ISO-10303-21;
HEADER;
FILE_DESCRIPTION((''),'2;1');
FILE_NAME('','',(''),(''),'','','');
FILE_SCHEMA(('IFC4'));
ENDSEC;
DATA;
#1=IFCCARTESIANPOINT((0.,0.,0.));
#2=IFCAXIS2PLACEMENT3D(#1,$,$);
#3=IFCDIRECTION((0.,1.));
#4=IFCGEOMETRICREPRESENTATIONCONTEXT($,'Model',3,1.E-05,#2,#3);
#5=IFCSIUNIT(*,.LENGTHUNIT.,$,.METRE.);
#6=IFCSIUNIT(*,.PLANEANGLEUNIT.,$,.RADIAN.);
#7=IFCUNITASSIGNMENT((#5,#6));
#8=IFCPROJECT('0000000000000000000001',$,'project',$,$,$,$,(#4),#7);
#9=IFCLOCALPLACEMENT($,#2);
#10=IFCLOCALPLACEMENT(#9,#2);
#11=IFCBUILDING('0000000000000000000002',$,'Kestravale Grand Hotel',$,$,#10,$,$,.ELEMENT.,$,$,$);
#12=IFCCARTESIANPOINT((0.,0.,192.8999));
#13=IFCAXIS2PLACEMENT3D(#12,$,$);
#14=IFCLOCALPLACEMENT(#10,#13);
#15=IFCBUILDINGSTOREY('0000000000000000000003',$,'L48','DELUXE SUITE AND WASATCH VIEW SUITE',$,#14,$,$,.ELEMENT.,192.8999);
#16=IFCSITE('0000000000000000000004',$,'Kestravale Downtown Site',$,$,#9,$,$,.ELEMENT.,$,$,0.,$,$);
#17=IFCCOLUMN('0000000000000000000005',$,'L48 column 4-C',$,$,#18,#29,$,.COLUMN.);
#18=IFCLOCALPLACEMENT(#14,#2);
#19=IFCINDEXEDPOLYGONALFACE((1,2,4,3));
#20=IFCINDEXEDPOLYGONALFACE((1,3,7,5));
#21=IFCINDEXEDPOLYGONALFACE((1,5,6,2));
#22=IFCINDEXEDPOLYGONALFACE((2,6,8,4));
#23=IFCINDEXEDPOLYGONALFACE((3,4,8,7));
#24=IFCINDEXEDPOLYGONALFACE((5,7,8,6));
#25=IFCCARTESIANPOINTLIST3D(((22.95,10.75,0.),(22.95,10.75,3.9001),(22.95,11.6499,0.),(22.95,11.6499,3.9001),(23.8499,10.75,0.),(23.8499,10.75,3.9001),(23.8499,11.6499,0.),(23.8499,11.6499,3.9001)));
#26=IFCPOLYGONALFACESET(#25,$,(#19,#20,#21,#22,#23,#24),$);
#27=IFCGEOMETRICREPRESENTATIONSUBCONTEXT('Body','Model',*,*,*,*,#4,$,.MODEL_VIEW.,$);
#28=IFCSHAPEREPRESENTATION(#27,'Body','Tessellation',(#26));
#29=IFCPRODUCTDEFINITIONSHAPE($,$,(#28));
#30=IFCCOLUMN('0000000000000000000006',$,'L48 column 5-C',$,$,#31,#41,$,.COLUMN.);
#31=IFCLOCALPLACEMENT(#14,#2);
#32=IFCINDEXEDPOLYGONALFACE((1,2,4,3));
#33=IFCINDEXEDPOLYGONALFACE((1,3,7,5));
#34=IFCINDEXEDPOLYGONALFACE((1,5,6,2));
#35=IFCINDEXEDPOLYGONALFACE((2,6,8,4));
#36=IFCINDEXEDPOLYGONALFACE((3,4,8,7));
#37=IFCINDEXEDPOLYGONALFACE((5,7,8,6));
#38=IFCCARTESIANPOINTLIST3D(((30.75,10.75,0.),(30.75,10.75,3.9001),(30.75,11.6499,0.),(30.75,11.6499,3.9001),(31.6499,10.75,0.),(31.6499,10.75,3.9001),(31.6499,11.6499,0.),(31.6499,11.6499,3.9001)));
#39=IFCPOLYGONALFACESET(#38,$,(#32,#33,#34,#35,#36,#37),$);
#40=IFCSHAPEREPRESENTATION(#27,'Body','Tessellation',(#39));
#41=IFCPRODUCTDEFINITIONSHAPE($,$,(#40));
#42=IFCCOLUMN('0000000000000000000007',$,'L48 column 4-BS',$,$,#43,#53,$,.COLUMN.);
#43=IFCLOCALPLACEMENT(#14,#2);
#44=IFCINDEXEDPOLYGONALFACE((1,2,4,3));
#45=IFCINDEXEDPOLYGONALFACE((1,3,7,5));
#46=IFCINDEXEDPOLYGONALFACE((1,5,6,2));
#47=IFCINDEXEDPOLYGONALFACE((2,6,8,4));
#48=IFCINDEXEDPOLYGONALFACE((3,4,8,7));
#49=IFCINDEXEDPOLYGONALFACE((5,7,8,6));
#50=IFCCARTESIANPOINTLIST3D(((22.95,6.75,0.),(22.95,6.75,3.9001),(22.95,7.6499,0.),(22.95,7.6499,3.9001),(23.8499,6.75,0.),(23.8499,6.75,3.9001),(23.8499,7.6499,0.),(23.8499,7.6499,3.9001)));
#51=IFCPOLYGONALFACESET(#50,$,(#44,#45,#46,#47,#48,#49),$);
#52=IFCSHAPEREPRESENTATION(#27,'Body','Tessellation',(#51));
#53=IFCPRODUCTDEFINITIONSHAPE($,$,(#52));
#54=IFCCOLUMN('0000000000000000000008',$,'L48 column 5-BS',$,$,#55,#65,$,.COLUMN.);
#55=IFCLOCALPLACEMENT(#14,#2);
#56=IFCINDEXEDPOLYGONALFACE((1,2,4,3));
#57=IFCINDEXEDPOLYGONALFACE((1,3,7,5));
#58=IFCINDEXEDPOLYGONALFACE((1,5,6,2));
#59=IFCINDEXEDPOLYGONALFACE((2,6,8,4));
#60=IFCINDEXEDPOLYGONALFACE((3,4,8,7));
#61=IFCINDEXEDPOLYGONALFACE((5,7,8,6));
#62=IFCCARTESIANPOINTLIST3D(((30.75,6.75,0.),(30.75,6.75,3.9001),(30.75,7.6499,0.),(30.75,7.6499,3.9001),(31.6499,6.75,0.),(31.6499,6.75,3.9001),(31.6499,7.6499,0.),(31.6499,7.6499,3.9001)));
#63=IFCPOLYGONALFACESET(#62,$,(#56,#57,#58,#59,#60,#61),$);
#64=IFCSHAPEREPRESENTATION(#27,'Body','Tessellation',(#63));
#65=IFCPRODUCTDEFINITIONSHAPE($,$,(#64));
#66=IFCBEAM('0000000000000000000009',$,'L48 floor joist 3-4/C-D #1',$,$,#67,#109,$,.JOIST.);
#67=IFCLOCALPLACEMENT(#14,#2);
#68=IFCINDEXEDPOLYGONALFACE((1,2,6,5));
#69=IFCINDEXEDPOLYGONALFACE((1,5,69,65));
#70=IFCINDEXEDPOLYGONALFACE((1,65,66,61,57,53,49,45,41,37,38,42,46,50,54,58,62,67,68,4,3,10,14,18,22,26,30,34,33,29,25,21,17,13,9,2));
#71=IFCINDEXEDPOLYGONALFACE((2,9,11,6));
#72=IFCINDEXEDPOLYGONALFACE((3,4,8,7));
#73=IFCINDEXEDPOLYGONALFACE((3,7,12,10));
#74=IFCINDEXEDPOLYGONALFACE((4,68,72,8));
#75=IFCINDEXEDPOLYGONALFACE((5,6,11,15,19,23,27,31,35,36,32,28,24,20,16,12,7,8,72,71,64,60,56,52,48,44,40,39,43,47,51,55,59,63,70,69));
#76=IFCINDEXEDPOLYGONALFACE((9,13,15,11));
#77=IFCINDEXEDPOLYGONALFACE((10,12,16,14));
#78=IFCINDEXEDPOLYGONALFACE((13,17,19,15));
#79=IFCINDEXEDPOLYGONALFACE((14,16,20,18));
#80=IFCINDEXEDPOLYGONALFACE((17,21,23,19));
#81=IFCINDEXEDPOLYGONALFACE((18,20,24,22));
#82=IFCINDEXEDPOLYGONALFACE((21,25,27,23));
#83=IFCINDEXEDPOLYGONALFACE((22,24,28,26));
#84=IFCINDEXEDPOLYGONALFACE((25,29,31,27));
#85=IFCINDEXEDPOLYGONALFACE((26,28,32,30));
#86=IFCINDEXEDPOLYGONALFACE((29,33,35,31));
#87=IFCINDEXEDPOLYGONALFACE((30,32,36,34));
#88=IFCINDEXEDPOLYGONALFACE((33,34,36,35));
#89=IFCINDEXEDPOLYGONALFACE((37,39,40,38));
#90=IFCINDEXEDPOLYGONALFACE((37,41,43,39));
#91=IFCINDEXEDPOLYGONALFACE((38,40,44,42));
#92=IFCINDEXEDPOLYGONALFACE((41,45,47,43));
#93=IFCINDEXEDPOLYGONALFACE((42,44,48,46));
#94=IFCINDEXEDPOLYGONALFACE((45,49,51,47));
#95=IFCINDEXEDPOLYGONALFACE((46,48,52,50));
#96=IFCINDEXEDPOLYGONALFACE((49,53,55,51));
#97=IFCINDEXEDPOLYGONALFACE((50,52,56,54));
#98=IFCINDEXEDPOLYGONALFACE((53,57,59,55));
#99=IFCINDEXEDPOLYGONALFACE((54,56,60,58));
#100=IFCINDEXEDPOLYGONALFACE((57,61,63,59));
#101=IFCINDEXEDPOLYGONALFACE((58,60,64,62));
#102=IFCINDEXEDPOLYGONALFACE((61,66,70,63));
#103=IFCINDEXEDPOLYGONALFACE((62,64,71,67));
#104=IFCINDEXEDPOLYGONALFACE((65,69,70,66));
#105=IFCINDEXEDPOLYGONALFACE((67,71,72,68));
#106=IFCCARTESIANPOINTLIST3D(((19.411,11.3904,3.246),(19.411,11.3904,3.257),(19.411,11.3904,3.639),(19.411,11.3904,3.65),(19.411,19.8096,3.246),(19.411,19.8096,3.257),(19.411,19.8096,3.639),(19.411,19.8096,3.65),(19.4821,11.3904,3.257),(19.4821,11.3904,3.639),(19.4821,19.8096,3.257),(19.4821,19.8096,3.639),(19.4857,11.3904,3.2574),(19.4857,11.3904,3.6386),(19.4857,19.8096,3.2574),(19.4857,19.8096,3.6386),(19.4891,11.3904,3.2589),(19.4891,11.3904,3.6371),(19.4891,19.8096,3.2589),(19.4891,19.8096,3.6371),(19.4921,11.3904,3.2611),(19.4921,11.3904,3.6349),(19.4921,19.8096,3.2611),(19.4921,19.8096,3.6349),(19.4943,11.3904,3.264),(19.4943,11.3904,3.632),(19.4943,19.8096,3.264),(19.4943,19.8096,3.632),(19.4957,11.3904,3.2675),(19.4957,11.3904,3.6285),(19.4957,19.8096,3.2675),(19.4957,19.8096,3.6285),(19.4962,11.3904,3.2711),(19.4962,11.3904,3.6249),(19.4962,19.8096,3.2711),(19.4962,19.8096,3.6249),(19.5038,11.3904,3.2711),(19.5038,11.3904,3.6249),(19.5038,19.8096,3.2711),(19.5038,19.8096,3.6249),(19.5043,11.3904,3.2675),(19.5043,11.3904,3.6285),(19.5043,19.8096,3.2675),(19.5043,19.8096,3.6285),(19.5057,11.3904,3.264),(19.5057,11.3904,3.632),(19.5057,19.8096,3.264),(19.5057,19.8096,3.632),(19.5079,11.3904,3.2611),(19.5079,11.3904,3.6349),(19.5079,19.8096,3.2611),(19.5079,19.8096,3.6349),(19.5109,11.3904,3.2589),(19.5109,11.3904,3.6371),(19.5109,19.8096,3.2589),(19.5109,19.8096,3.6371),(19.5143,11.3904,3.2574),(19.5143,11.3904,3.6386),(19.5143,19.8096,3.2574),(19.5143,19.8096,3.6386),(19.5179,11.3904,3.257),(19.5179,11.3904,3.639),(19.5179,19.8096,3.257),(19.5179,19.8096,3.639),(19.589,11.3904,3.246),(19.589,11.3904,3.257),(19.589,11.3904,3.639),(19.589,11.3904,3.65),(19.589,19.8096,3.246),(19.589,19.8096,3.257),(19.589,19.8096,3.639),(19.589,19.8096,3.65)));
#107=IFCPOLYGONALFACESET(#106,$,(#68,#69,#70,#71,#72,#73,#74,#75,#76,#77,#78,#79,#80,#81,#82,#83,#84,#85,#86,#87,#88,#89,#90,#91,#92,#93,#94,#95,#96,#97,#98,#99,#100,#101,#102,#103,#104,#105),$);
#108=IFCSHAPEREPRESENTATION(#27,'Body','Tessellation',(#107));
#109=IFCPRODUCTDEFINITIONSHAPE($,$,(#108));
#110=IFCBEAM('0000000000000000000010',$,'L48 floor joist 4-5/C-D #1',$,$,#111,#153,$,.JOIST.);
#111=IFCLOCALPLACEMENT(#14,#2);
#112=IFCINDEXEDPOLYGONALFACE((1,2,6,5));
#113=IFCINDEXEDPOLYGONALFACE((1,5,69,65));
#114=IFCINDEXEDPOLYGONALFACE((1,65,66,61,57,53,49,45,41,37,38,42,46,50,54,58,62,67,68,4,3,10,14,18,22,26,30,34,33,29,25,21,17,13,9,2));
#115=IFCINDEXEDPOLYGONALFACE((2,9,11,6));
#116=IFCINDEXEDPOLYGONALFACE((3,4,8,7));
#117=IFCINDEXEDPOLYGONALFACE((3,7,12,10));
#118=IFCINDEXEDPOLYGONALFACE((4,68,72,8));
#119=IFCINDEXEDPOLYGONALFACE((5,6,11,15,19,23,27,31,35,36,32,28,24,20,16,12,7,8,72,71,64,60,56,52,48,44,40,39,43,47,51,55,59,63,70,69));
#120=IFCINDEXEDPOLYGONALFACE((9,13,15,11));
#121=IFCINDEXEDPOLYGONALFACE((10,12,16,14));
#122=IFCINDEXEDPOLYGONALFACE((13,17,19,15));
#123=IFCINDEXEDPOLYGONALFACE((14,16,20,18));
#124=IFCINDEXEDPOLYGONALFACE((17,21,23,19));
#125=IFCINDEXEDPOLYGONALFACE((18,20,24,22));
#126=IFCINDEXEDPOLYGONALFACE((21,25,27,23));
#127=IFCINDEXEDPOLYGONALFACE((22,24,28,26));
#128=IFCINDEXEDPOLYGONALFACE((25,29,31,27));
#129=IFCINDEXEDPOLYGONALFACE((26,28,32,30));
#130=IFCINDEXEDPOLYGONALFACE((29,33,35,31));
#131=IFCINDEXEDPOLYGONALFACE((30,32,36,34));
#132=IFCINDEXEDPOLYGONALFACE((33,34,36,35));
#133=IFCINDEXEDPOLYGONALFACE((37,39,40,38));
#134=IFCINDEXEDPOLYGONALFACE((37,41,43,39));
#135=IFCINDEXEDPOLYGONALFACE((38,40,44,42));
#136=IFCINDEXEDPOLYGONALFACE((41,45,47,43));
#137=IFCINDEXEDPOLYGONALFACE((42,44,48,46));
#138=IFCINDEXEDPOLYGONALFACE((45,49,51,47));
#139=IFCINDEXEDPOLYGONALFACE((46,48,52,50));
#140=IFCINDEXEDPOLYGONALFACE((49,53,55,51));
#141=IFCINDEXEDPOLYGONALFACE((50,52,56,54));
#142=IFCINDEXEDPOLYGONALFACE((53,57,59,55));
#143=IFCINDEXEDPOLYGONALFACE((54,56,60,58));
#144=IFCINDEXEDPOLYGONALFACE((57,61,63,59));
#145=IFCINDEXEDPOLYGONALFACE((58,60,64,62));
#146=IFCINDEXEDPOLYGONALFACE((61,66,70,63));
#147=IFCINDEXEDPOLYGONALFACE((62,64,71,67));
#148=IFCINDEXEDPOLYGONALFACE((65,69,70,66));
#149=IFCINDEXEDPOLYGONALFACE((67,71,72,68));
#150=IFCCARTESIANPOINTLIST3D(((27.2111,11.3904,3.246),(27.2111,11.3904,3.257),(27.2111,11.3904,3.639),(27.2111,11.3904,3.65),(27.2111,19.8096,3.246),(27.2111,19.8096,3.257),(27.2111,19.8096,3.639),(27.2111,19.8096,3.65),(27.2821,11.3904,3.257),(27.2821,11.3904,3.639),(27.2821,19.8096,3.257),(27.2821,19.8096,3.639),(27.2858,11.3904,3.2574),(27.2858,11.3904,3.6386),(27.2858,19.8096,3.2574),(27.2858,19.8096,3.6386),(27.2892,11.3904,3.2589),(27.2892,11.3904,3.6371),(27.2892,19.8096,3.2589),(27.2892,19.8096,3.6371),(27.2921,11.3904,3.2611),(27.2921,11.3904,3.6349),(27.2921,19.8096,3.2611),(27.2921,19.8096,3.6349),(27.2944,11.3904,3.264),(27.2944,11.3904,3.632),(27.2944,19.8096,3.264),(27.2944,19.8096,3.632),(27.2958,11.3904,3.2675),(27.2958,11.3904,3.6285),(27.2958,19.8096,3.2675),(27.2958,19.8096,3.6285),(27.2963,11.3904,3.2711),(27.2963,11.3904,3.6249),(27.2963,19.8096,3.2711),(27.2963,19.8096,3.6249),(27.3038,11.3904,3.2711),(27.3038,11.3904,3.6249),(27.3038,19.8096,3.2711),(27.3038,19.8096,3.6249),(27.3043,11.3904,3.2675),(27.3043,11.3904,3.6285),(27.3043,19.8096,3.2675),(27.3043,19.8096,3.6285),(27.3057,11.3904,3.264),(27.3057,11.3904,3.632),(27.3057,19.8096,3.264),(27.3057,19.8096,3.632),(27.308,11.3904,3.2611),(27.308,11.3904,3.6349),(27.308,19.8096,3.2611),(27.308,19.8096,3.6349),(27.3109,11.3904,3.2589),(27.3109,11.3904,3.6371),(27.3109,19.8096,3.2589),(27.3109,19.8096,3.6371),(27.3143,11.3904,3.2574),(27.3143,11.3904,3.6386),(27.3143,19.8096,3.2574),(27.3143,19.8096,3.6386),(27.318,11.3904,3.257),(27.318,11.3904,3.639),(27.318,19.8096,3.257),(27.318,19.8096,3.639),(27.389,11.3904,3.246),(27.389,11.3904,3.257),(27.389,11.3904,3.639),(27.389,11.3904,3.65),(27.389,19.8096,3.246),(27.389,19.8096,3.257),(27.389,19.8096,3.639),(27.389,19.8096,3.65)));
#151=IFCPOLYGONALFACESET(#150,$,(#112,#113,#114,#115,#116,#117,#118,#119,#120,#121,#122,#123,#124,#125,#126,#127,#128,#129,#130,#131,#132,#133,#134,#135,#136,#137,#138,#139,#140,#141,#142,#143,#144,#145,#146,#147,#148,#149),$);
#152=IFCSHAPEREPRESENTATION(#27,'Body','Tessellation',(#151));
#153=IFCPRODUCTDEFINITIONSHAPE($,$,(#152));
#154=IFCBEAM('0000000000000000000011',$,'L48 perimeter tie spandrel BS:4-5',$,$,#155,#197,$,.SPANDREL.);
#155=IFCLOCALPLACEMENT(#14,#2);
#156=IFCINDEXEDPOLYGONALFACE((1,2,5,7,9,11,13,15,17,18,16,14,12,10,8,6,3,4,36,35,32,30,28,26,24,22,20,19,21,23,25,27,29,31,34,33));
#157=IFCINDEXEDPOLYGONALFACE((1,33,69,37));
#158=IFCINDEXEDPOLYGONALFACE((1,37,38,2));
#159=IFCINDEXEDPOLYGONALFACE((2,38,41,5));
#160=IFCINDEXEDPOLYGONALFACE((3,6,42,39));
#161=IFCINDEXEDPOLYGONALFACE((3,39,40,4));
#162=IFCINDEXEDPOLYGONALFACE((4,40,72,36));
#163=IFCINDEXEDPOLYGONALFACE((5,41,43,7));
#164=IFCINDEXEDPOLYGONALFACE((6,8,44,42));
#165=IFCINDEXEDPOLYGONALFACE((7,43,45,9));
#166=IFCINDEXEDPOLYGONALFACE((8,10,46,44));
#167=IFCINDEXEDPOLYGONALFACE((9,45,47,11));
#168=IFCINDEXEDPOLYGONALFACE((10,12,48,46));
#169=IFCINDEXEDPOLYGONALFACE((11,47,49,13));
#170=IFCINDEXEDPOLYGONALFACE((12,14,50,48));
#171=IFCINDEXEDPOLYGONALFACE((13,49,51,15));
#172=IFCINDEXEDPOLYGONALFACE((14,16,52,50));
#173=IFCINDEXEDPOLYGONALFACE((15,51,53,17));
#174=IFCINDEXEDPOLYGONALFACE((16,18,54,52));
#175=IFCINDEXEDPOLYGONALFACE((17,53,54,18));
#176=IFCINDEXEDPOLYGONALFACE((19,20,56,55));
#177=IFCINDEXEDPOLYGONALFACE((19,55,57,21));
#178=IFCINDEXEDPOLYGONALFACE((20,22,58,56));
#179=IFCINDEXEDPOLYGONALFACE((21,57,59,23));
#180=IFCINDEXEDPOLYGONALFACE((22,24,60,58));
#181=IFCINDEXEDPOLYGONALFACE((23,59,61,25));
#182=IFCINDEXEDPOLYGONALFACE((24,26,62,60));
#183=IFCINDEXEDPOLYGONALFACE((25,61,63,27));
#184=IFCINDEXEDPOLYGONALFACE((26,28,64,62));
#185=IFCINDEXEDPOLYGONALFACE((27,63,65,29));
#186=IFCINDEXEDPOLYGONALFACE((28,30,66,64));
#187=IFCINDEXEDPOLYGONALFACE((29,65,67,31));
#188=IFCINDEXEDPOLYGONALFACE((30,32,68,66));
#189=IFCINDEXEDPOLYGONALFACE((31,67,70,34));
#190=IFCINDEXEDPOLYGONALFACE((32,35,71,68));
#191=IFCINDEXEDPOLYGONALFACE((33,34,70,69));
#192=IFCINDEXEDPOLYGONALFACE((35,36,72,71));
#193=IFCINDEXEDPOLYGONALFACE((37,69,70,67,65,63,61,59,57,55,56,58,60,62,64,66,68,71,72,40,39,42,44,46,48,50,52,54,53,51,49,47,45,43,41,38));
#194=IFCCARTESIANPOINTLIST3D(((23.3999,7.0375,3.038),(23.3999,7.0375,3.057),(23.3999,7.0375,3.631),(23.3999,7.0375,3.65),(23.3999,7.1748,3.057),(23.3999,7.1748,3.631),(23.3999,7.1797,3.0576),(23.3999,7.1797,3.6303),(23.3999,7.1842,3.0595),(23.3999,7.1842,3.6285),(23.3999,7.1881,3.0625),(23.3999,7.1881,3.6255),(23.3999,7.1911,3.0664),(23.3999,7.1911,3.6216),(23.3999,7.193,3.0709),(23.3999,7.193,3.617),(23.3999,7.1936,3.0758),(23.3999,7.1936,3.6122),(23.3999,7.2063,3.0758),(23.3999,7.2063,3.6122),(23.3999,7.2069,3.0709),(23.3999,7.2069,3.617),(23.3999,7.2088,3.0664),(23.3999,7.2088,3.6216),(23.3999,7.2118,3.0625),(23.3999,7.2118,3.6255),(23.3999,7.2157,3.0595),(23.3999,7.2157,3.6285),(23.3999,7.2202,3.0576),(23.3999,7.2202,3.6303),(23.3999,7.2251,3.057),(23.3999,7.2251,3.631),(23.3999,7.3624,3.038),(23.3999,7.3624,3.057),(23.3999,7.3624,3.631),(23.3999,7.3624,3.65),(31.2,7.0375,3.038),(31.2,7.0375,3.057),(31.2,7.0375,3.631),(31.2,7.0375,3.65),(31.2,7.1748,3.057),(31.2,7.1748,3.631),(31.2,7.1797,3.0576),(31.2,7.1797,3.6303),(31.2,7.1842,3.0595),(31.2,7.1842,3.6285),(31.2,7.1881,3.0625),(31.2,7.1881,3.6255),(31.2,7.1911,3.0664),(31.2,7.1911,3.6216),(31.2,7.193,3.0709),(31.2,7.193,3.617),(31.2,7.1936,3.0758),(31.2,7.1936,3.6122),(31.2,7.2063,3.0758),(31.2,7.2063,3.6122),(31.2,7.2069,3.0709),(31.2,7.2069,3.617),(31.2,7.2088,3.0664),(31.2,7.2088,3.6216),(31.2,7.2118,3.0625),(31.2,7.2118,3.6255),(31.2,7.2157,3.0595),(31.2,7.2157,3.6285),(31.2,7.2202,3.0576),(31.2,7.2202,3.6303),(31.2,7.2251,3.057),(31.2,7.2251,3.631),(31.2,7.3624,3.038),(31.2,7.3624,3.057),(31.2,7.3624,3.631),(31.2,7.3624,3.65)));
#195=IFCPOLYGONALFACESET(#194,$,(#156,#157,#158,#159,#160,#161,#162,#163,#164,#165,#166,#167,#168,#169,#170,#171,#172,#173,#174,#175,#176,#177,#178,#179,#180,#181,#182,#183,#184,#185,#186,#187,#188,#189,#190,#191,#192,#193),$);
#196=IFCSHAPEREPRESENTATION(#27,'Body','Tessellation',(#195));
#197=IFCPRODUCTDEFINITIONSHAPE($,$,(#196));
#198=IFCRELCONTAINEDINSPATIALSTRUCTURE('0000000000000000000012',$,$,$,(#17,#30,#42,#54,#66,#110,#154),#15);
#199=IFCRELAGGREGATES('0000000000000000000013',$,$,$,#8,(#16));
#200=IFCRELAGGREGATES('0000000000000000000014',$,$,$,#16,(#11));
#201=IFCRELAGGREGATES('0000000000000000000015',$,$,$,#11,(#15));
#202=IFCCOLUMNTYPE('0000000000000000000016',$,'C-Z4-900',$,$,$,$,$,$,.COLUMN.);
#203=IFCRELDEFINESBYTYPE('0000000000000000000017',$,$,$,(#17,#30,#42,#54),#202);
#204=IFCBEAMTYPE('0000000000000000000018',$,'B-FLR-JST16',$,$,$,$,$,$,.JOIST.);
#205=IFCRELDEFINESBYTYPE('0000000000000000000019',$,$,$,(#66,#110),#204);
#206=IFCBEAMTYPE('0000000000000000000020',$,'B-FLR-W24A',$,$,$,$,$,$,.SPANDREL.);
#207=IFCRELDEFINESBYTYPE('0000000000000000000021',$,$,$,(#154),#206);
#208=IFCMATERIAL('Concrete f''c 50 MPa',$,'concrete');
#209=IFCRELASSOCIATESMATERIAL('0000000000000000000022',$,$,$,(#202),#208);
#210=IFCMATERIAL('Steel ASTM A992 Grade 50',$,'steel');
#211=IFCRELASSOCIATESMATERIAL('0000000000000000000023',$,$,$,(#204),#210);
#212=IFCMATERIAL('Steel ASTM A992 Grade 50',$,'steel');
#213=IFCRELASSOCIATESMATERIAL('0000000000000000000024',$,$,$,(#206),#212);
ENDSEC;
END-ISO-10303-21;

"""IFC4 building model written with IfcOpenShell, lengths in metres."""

from ifc_helpers import new_model, si_unit, direction, frame, origin, origin_2d, place, context, subcontext, project, spatial, rectangle, i_section, extrude, material, material_profile, profile_set, type_object, element, save


model = new_model("IFC4")

# Units and contexts
model_context = context("Model", 3, precision=1e-05, world=origin(), true_north=direction((0.0, 1.0)))
body_context = subcontext(model_context, "Body", "Model", "MODEL_VIEW")
ifc_project = project(units=[si_unit("LENGTHUNIT", "METRE"), si_unit("PLANEANGLEUNIT", "RADIAN")], contexts=[model_context])

# Site, building, storey
site_placement = place(None, origin())
site = spatial("IfcSite", under=ifc_project, at=site_placement, Name="Kestravale Downtown Site", CompositionType="ELEMENT", RefElevation=0.0)
building_placement = place(site_placement, origin())
building = spatial("IfcBuilding", under=site, at=building_placement, Name="Kestravale Grand Hotel", CompositionType="ELEMENT")
storey_placement = place(building_placement, frame((0.0, 0.0, 192.8999)))
storey = spatial("IfcBuildingStorey", under=building, at=storey_placement, Name="L48", Description="DELUXE SUITE AND WASATCH VIEW SUITE", CompositionType="ELEMENT", Elevation=192.8999)

# Columns
ifc_material_1 = material(Name="Concrete f'c 50 MPa", Category="concrete")
ifc_material_profile_1 = material_profile(ifc_material_1, rectangle(XDim=0.8999, YDim=0.8999, at=origin_2d()))
ifc_profile_set_1 = profile_set([ifc_material_profile_1], Name="Concrete f'c 50 MPa")
column_type = type_object("IfcColumnType", Name="C-Z4-900", PredefinedType="COLUMN", material=ifc_profile_set_1)
for number, where, z_axis, x_axis, name in (
    (1, (23.3999, 11.2, 0.0), (0.0, 0.0, 1.0), (1.0, 0.0, 0.0), "L48 column 4-C"),
    (2, (31.2, 11.2, 0.0), (0.0, 0.0, 1.0), (1.0, 0.0, 0.0), "L48 column 5-C"),
    (3, (23.3999, 7.2, 0.0), (0.0, 0.0, 1.0), (1.0, 0.0, 0.0), "L48 column 4-BS"),
    (4, (31.2, 7.2, 0.0), (0.0, 0.0, 1.0), (1.0, 0.0, 0.0), "L48 column 5-BS"),
):
    element("IfcColumn", number, at=place(storey_placement, frame(where, z_axis=z_axis, x_axis=x_axis)), inside=storey, type_object=column_type, Name=name, PredefinedType="COLUMN", context=body_context, shape_type="SweptSolid", body=[
        extrude(rectangle(XDim=0.8999, YDim=0.8999, at=origin_2d()), origin(), (0.0, 0.0, 1.0), 3.9001),
    ])

# Beams
ifc_material_2 = material(Name="Steel ASTM A992 Grade 50", Category="steel")
ifc_material_profile_2 = material_profile(ifc_material_2, i_section(OverallWidth=0.178, OverallDepth=0.4041, WebThickness=0.0076, FlangeThickness=0.011, FilletRadius=0.0142, at=origin_2d()))
ifc_profile_set_2 = profile_set([ifc_material_profile_2], Name="Steel ASTM A992 Grade 50")
beam_type_1 = type_object("IfcBeamType", Name="B-FLR-JST16", PredefinedType="JOIST", material=ifc_profile_set_2)
for number, where, z_axis, x_axis, name in (
    (5, (19.5, 11.3904, 3.448), (0.0, 1.0, 0.0), (-1.0, 0.0, 0.0), "L48 floor joist 3-4/C-D #1"),
    (6, (27.3, 11.3904, 3.448), (0.0, 1.0, 0.0), (-1.0, 0.0, 0.0), "L48 floor joist 4-5/C-D #1"),
):
    element("IfcBeam", number, at=place(storey_placement, frame(where, z_axis=z_axis, x_axis=x_axis)), inside=storey, type_object=beam_type_1, Name=name, PredefinedType="JOIST", context=body_context, shape_type="SweptSolid", body=[
        extrude(i_section(OverallWidth=0.178, OverallDepth=0.4041, WebThickness=0.0076, FlangeThickness=0.011, FilletRadius=0.0142, at=origin_2d()), origin(), (0.0, 0.0, 1.0), 8.4192),
    ])
ifc_material_3 = material(Name="Steel ASTM A992 Grade 50", Category="steel")
ifc_material_profile_3 = material_profile(ifc_material_3, i_section(OverallWidth=0.325, OverallDepth=0.6121, WebThickness=0.0127, FlangeThickness=0.019, FilletRadius=0.0188, at=origin_2d()))
ifc_profile_set_3 = profile_set([ifc_material_profile_3], Name="Steel ASTM A992 Grade 50")
beam_type_2 = type_object("IfcBeamType", Name="B-FLR-W24A", PredefinedType="SPANDREL", material=ifc_profile_set_3)
beam_1_placement = place(storey_placement, frame((23.3999, 7.2, 3.344), z_axis=(1.0, 0.0, 0.0), x_axis=(0.0, 1.0, 0.0)))
element("IfcBeam", 7, at=beam_1_placement, inside=storey, type_object=beam_type_2, Name="L48 perimeter tie spandrel BS:4-5", PredefinedType="SPANDREL", context=body_context, shape_type="SweptSolid", body=[
    extrude(i_section(OverallWidth=0.325, OverallDepth=0.6121, WebThickness=0.0127, FlangeThickness=0.019, FilletRadius=0.0188, at=origin_2d()), origin(), (0.0, 0.0, 1.0), 7.8),
])

save(model, "model.ifc")
